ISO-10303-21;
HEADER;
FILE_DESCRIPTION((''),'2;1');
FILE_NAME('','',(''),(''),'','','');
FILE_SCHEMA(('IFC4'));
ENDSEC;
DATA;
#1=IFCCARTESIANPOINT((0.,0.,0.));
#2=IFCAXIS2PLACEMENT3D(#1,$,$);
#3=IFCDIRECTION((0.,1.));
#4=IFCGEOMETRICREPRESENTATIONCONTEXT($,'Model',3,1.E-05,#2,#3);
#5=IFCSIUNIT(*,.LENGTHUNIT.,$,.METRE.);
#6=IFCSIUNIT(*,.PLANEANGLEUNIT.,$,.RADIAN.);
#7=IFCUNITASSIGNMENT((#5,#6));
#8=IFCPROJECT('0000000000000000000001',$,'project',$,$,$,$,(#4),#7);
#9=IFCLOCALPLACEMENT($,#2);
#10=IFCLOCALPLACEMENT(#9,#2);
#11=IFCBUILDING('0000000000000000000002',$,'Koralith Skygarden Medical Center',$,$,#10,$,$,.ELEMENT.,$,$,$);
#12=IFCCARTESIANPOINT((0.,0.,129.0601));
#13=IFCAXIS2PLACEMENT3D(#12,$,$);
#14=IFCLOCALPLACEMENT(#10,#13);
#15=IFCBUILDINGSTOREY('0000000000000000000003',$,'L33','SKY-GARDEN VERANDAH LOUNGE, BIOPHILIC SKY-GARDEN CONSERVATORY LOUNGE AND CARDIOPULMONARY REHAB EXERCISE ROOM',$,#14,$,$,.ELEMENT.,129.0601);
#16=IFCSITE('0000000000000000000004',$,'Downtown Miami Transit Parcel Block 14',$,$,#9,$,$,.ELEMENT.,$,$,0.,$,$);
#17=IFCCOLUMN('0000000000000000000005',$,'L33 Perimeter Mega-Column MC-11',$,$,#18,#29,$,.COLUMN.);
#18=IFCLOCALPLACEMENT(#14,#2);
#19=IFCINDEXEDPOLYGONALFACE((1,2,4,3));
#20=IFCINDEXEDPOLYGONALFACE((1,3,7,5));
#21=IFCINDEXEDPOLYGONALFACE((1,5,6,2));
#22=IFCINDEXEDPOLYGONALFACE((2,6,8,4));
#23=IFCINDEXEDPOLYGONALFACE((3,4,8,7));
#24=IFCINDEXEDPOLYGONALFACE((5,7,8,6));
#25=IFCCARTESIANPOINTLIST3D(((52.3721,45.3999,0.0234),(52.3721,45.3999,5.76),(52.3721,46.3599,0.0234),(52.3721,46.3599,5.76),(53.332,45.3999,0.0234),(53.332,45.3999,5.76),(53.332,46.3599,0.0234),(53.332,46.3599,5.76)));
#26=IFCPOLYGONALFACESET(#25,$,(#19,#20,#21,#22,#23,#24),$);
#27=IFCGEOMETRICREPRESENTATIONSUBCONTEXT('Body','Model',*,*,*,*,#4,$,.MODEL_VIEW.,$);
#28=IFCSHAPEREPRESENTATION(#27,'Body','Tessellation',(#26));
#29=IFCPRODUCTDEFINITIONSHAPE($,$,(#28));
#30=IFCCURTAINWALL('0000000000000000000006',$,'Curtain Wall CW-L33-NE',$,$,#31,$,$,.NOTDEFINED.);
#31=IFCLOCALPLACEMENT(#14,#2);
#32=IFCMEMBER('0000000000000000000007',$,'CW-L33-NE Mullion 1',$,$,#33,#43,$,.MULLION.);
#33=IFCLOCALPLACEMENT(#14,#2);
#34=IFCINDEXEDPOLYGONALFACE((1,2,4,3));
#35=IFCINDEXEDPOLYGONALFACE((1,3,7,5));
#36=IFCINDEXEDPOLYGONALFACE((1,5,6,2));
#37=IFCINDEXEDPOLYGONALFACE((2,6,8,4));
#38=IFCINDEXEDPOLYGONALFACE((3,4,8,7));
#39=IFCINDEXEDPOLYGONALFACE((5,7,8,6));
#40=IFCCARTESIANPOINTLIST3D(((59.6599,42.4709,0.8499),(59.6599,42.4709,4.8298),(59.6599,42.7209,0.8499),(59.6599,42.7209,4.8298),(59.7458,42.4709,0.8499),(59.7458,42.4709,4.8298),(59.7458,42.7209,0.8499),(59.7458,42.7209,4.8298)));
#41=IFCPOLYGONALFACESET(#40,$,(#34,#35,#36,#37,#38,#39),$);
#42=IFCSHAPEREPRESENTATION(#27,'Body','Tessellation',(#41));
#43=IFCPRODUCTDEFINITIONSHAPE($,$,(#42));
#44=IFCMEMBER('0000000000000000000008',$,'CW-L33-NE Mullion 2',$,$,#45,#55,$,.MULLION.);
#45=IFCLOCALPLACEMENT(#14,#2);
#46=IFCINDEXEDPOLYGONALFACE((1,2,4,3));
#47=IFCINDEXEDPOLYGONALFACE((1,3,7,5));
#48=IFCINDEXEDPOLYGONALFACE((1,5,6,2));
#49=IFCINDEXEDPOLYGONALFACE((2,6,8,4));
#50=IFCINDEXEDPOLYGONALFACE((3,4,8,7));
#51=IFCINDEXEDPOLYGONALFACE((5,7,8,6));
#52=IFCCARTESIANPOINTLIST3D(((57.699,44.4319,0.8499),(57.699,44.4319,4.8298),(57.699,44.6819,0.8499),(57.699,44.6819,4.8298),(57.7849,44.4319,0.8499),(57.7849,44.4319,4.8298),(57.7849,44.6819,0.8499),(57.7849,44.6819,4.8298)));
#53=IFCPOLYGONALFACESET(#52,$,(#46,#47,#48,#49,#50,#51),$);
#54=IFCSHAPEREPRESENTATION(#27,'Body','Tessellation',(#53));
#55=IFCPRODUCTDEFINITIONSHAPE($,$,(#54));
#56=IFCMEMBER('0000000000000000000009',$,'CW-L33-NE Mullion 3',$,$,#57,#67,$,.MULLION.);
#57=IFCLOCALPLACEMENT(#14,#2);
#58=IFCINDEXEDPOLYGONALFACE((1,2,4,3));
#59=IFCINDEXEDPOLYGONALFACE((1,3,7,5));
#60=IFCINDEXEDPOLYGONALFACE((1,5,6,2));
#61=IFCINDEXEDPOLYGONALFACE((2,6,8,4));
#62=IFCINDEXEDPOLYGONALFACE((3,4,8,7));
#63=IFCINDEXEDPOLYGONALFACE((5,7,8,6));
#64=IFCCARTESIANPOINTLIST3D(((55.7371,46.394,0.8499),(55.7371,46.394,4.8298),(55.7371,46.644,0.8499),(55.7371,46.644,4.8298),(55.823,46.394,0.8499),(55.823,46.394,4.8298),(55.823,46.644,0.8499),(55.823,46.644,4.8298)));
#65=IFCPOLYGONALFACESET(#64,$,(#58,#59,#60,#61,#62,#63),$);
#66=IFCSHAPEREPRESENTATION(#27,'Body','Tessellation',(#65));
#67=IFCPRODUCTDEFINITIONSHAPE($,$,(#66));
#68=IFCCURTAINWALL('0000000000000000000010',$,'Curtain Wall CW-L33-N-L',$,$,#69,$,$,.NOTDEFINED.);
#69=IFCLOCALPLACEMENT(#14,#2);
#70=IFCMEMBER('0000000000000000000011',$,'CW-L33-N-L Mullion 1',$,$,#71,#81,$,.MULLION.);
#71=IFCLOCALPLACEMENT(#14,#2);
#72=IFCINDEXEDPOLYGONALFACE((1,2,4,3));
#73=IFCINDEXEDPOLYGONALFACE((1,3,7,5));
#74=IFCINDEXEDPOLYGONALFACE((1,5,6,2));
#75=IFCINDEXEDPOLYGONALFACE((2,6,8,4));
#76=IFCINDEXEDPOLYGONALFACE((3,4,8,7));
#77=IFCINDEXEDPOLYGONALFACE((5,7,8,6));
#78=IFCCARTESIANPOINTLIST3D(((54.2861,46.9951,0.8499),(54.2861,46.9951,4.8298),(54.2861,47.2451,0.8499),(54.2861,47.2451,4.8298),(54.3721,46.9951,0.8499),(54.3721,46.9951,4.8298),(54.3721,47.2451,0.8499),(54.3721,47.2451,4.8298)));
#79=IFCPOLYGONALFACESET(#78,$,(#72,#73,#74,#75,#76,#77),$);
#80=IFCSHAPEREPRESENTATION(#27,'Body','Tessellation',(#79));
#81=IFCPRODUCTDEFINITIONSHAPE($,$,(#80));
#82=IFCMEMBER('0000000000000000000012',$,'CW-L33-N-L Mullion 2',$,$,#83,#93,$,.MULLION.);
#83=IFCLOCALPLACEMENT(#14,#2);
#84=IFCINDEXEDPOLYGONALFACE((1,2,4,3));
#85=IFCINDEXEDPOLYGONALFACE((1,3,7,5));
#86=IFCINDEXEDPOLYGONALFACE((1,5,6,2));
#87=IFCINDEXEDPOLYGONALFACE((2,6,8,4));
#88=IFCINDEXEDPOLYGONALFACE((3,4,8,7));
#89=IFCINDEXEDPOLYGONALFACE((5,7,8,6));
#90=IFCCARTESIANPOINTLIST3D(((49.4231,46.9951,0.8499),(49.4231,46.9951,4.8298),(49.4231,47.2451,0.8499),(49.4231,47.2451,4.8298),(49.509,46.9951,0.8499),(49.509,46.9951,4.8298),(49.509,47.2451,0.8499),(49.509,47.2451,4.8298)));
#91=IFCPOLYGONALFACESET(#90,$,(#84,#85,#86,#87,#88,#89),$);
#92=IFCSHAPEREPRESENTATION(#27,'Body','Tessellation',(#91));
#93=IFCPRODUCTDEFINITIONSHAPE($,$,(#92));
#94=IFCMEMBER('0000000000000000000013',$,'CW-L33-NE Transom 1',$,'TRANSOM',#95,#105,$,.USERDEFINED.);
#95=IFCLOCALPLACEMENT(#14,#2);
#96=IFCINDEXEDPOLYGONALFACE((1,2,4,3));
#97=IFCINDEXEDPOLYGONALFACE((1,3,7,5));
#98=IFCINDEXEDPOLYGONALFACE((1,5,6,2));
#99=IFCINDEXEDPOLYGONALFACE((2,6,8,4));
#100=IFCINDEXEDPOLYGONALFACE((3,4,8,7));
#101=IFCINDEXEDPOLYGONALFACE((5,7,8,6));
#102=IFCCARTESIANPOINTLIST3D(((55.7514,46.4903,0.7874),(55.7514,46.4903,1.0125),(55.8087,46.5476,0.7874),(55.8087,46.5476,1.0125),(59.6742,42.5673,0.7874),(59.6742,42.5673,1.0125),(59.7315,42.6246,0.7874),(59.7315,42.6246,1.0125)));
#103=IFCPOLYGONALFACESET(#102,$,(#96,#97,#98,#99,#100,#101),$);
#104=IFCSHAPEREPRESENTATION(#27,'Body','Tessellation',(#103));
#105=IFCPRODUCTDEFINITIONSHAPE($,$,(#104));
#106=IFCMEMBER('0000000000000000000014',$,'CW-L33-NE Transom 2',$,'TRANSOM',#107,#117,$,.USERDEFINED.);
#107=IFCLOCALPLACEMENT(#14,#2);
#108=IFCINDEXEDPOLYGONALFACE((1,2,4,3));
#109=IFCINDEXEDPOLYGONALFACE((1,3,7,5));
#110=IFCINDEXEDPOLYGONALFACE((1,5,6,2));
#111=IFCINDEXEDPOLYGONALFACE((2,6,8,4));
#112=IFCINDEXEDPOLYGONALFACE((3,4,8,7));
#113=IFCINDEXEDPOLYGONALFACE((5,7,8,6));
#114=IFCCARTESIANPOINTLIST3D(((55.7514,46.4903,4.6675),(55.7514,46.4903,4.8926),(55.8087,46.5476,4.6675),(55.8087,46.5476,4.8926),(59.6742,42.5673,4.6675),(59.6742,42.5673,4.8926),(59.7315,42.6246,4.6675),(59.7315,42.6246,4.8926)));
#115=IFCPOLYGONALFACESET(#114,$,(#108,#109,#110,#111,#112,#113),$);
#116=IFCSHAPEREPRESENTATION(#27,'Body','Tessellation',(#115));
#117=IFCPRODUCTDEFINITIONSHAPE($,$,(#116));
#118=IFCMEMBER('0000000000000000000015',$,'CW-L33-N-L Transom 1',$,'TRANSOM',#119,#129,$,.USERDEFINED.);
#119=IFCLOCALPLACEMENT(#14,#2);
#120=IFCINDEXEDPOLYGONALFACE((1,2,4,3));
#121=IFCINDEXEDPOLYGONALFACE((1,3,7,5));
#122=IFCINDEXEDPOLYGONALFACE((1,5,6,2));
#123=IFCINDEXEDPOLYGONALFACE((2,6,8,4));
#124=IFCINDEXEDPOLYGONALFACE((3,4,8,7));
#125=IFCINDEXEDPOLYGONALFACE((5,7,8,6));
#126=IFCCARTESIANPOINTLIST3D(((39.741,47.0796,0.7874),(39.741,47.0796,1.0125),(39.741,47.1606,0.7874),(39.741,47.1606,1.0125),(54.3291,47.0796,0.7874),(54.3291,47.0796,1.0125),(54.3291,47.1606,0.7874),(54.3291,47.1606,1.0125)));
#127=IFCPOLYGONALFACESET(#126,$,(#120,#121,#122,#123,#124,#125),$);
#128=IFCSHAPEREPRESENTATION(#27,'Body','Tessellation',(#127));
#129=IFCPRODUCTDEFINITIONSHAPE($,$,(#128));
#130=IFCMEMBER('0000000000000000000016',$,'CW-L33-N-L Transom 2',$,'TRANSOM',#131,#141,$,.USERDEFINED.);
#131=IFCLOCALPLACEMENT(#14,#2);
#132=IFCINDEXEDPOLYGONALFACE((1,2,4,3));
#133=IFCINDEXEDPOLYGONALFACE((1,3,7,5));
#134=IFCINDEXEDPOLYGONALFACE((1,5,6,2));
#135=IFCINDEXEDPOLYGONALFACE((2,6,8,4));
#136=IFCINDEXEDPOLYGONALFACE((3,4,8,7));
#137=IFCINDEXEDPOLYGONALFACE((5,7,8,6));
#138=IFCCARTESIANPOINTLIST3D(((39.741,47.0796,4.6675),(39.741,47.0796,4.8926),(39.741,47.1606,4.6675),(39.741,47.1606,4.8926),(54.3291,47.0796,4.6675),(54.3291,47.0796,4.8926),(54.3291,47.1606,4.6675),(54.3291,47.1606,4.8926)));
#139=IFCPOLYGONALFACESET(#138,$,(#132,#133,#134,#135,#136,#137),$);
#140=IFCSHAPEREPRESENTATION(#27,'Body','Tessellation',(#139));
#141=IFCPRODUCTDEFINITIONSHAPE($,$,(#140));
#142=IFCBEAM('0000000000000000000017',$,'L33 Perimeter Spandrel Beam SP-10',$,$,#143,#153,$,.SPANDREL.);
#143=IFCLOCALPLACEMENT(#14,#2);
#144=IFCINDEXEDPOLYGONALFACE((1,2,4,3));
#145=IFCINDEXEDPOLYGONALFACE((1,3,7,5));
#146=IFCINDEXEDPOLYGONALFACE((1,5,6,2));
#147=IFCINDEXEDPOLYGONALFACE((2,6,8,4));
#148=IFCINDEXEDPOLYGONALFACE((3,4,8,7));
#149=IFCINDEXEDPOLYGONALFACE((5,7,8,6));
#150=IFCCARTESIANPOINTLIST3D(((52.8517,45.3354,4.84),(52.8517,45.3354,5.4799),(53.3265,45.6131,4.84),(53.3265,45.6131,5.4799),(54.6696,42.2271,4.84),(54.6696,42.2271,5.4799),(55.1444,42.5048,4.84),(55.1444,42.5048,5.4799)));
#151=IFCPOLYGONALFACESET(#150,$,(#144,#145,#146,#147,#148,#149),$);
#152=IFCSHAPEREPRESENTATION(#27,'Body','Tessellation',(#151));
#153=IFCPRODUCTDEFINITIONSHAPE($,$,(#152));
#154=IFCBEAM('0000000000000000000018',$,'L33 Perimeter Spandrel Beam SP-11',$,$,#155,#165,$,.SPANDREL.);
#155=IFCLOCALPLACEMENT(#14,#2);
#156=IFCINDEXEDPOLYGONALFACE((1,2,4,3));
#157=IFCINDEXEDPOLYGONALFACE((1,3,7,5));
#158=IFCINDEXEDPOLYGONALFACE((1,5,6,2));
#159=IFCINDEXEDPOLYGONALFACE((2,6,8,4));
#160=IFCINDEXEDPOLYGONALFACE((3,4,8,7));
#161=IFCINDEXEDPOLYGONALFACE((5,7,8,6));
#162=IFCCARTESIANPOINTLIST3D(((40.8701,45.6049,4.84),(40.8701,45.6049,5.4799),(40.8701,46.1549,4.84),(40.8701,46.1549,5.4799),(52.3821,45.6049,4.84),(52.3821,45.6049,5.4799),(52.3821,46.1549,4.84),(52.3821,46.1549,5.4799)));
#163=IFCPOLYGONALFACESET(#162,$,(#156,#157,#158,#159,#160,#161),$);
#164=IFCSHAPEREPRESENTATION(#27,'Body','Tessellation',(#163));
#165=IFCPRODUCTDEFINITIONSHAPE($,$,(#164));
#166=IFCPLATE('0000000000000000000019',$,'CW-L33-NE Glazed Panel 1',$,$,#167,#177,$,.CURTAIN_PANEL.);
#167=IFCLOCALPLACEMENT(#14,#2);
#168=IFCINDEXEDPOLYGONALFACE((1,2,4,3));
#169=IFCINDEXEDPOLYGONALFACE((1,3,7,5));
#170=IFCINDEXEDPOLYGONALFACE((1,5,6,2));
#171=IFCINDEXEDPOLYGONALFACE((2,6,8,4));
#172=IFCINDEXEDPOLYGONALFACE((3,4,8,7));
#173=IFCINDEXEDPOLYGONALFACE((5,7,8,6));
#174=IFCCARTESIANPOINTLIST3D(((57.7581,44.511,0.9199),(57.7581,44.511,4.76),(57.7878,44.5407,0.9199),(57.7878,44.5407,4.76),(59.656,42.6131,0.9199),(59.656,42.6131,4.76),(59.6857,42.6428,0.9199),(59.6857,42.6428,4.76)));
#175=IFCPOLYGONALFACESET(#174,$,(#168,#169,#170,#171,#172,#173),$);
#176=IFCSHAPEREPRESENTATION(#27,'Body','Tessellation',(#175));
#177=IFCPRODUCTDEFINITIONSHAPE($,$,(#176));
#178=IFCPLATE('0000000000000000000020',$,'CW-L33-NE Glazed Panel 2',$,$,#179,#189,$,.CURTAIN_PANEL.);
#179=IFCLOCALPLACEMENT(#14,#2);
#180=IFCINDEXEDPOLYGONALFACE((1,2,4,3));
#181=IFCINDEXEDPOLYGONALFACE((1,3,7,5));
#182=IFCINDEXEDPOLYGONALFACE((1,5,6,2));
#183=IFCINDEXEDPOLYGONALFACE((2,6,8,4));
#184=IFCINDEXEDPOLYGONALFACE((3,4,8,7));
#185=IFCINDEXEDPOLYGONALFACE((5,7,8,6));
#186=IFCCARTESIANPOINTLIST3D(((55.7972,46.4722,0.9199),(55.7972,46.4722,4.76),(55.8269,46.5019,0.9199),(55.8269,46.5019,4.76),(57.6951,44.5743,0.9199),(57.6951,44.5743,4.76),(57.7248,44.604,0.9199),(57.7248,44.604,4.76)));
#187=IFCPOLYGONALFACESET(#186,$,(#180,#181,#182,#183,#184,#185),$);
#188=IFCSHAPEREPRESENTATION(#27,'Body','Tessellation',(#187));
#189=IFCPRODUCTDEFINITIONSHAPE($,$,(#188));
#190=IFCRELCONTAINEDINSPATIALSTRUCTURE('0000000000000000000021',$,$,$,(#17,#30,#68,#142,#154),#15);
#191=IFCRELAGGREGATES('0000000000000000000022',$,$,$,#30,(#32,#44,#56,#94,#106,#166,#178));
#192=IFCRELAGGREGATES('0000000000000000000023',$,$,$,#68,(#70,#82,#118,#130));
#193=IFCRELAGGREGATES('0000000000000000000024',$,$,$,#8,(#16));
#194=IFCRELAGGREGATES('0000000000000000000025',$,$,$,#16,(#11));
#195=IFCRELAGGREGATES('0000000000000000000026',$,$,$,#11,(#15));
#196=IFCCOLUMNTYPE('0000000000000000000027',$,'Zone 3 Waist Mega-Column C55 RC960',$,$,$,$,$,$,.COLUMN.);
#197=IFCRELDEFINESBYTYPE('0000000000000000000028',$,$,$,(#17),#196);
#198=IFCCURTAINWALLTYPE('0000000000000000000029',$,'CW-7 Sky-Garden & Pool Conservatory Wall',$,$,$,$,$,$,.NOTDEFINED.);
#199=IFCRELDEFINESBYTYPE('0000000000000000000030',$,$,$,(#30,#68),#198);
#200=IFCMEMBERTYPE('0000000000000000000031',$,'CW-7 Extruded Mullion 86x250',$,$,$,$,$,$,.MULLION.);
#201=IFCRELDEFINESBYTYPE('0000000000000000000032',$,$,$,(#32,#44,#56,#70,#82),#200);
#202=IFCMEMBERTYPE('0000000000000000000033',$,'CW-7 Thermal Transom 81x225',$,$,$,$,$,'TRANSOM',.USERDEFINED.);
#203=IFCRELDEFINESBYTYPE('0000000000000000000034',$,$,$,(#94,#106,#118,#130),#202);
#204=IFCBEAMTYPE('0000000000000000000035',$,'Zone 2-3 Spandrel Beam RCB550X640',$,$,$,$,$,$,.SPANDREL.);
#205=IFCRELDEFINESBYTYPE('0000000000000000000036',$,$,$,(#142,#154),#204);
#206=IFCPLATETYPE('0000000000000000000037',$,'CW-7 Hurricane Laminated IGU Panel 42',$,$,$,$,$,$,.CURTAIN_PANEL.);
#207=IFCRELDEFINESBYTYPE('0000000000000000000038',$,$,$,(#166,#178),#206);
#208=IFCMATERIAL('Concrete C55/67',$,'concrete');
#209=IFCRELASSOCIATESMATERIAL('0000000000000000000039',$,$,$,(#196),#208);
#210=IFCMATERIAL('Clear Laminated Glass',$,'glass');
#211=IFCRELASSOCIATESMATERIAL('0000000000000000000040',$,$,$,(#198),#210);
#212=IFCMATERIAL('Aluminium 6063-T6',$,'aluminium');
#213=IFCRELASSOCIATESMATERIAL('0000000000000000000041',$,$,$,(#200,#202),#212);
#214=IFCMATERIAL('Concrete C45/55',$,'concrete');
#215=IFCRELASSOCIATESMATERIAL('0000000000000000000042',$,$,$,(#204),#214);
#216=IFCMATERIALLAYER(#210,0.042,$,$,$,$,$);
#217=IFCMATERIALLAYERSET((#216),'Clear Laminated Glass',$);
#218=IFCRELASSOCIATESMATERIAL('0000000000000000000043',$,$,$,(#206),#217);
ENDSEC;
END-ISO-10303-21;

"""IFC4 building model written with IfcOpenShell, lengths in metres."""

from ifc_helpers import new_model, si_unit, direction, frame, origin, origin_2d, place, context, subcontext, project, spatial, rectangle, extrude, material, layer, layer_set, material_profile, profile_set, type_object, element, aggregate, save


model = new_model("IFC4")

# Units and contexts
model_context = context("Model", 3, precision=1e-05, world=origin(), true_north=direction((0.0, 1.0)))
body_context = subcontext(model_context, "Body", "Model", "MODEL_VIEW")
ifc_project = project(units=[si_unit("LENGTHUNIT", "METRE"), si_unit("PLANEANGLEUNIT", "RADIAN")], contexts=[model_context])

# Site, building, storey
site_placement = place(None, origin())
site = spatial("IfcSite", under=ifc_project, at=site_placement, Name="Downtown Miami Transit Parcel Block 14", CompositionType="ELEMENT", RefElevation=0.0)
building_placement = place(site_placement, origin())
building = spatial("IfcBuilding", under=site, at=building_placement, Name="Koralith Skygarden Medical Center", CompositionType="ELEMENT")
storey_placement = place(building_placement, frame((0.0, 0.0, 129.0601)))
storey = spatial("IfcBuildingStorey", under=building, at=storey_placement, Name="L33", Description="SKY-GARDEN VERANDAH LOUNGE, BIOPHILIC SKY-GARDEN CONSERVATORY LOUNGE AND CARDIOPULMONARY REHAB EXERCISE ROOM", CompositionType="ELEMENT", Elevation=129.0601)

# Column
ifc_material_1 = material(Name="Concrete C55/67", Category="concrete")
ifc_material_profile_1 = material_profile(ifc_material_1, rectangle(XDim=0.96, YDim=0.96, at=origin_2d()), Name="RC960X960")
ifc_profile_set_1 = profile_set([ifc_material_profile_1], Name="Concrete C55/67")
column_type = type_object("IfcColumnType", Name="Zone 3 Waist Mega-Column C55 RC960", PredefinedType="COLUMN", material=ifc_profile_set_1)
column_placement = place(storey_placement, frame((52.8521, 45.8799, 0.0234), z_axis=(0.0, 0.0, 1.0), x_axis=(1.0, 0.0, 0.0)))
element("IfcColumn", 1, at=column_placement, inside=storey, type_object=column_type, Name="L33 Perimeter Mega-Column MC-11", PredefinedType="COLUMN", context=body_context, shape_type="SweptSolid", body=[
    extrude(rectangle(XDim=0.96, YDim=0.96, at=origin_2d()), origin(), (0.0, 0.0, 1.0), 5.7366),
])

# Curtain walls, members
ifc_material_2 = material(Name="Clear Laminated Glass", Category="glass")
curtain_wall_type = type_object("IfcCurtainWallType", Name="CW-7 Sky-Garden & Pool Conservatory Wall", PredefinedType="NOTDEFINED", material=ifc_material_2)
curtain_wall_1_placement = place(storey_placement, origin())
curtain_wall_1 = element("IfcCurtainWall", 2, at=curtain_wall_1_placement, inside=storey, type_object=curtain_wall_type, Name="Curtain Wall CW-L33-NE", PredefinedType="NOTDEFINED")
ifc_material_3 = material(Name="Aluminium 6063-T6", Category="aluminium")
ifc_material_profile_2 = material_profile(ifc_material_3, rectangle(XDim=0.0859, YDim=0.25, at=origin_2d()), Name="MUL86X250")
ifc_profile_set_2 = profile_set([ifc_material_profile_2], Name="Aluminium 6063-T6")
member_type_1 = type_object("IfcMemberType", Name="CW-7 Extruded Mullion 86x250", PredefinedType="MULLION", material=ifc_profile_set_2)
member_1_placement = place(storey_placement, frame((59.7029, 42.5959, 0.8499), z_axis=(0.0, 0.0, 1.0), x_axis=(1.0, 0.0, 0.0)))
member_1 = element("IfcMember", 3, at=member_1_placement, type_object=member_type_1, Name="CW-L33-NE Mullion 1", PredefinedType="MULLION", context=body_context, shape_type="SweptSolid", body=[
    extrude(rectangle(XDim=0.0859, YDim=0.25, at=origin_2d()), origin(), (0.0, 0.0, 1.0), 3.98),
])
member_2_placement = place(storey_placement, frame((57.7419, 44.5569, 0.8499), z_axis=(0.0, 0.0, 1.0), x_axis=(1.0, 0.0, 0.0)))
member_2 = element("IfcMember", 4, at=member_2_placement, type_object=member_type_1, Name="CW-L33-NE Mullion 2", PredefinedType="MULLION", context=body_context, shape_type="SweptSolid", body=[
    extrude(rectangle(XDim=0.0859, YDim=0.25, at=origin_2d()), origin(), (0.0, 0.0, 1.0), 3.98),
])
member_3_placement = place(storey_placement, frame((55.78, 46.519, 0.8499), z_axis=(0.0, 0.0, 1.0), x_axis=(1.0, 0.0, 0.0)))
member_3 = element("IfcMember", 5, at=member_3_placement, type_object=member_type_1, Name="CW-L33-NE Mullion 3", PredefinedType="MULLION", context=body_context, shape_type="SweptSolid", body=[
    extrude(rectangle(XDim=0.0859, YDim=0.25, at=origin_2d()), origin(), (0.0, 0.0, 1.0), 3.98),
])
curtain_wall_2_placement = place(storey_placement, origin())
curtain_wall_2 = element("IfcCurtainWall", 6, at=curtain_wall_2_placement, inside=storey, type_object=curtain_wall_type, Name="Curtain Wall CW-L33-N-L", PredefinedType="NOTDEFINED")
member_4_placement = place(storey_placement, frame((54.3291, 47.1201, 0.8499), z_axis=(0.0, 0.0, 1.0), x_axis=(1.0, 0.0, 0.0)))
member_4 = element("IfcMember", 7, at=member_4_placement, type_object=member_type_1, Name="CW-L33-N-L Mullion 1", PredefinedType="MULLION", context=body_context, shape_type="SweptSolid", body=[
    extrude(rectangle(XDim=0.0859, YDim=0.25, at=origin_2d()), origin(), (0.0, 0.0, 1.0), 3.98),
])
member_5_placement = place(storey_placement, frame((49.4661, 47.1201, 0.8499), z_axis=(0.0, 0.0, 1.0), x_axis=(1.0, 0.0, 0.0)))
member_5 = element("IfcMember", 8, at=member_5_placement, type_object=member_type_1, Name="CW-L33-N-L Mullion 2", PredefinedType="MULLION", context=body_context, shape_type="SweptSolid", body=[
    extrude(rectangle(XDim=0.0859, YDim=0.25, at=origin_2d()), origin(), (0.0, 0.0, 1.0), 3.98),
])

# Members
ifc_material_profile_3 = material_profile(ifc_material_3, rectangle(XDim=0.0811, YDim=0.2251, at=origin_2d()), Name="TRN81X225")
ifc_profile_set_3 = profile_set([ifc_material_profile_3], Name="Aluminium 6063-T6")
member_type_2 = type_object("IfcMemberType", Name="CW-7 Thermal Transom 81x225", ElementType="TRANSOM", PredefinedType="USERDEFINED", material=ifc_profile_set_3)
member_6_placement = place(storey_placement, frame((59.7029, 42.5959, 0.8999), z_axis=(-0.707085, 0.707129, 0.0), x_axis=(-0.707129, -0.707085, 0.0)))
member_6 = element("IfcMember", 9, at=member_6_placement, type_object=member_type_2, Name="CW-L33-NE Transom 1", ObjectType="TRANSOM", PredefinedType="USERDEFINED", context=body_context, shape_type="SweptSolid", body=[
    extrude(rectangle(XDim=0.0811, YDim=0.2251, at=origin_2d()), origin(), (0.0, 0.0, 1.0), 5.5479),
])
member_7_placement = place(storey_placement, frame((59.7029, 42.5959, 4.78), z_axis=(-0.707085, 0.707129, 0.0), x_axis=(-0.707129, -0.707085, 0.0)))
member_7 = element("IfcMember", 10, at=member_7_placement, type_object=member_type_2, Name="CW-L33-NE Transom 2", ObjectType="TRANSOM", PredefinedType="USERDEFINED", context=body_context, shape_type="SweptSolid", body=[
    extrude(rectangle(XDim=0.0811, YDim=0.2251, at=origin_2d()), origin(), (0.0, 0.0, 1.0), 5.5479),
])
member_8_placement = place(storey_placement, frame((54.3291, 47.1201, 0.8999), z_axis=(-1.0, 0.0, 0.0), x_axis=(0.0, -1.0, 0.0)))
member_8 = element("IfcMember", 11, at=member_8_placement, type_object=member_type_2, Name="CW-L33-N-L Transom 1", ObjectType="TRANSOM", PredefinedType="USERDEFINED", context=body_context, shape_type="SweptSolid", body=[
    extrude(rectangle(XDim=0.0811, YDim=0.2251, at=origin_2d()), origin(), (0.0, 0.0, 1.0), 14.5881),
])
member_9_placement = place(storey_placement, frame((54.3291, 47.1201, 4.78), z_axis=(-1.0, 0.0, 0.0), x_axis=(0.0, -1.0, 0.0)))
member_9 = element("IfcMember", 12, at=member_9_placement, type_object=member_type_2, Name="CW-L33-N-L Transom 2", ObjectType="TRANSOM", PredefinedType="USERDEFINED", context=body_context, shape_type="SweptSolid", body=[
    extrude(rectangle(XDim=0.0811, YDim=0.2251, at=origin_2d()), origin(), (0.0, 0.0, 1.0), 14.5881),
])

# Beams
ifc_material_4 = material(Name="Concrete C45/55", Category="concrete")
ifc_material_profile_4 = material_profile(ifc_material_4, rectangle(XDim=0.55, YDim=0.6399, at=origin_2d()), Name="RCB550X640")
ifc_profile_set_4 = profile_set([ifc_material_profile_4], Name="Concrete C45/55")
beam_type = type_object("IfcBeamType", Name="Zone 2-3 Spandrel Beam RCB550X640", PredefinedType="SPANDREL", material=ifc_profile_set_4)
beam_1_placement = place(storey_placement, frame((54.907, 42.366, 5.1599), z_axis=(-0.504861, 0.8632, 0.0), x_axis=(-0.8632, -0.504861, 0.0)))
element("IfcBeam", 13, at=beam_1_placement, inside=storey, type_object=beam_type, Name="L33 Perimeter Spandrel Beam SP-10", PredefinedType="SPANDREL", context=body_context, shape_type="SweptSolid", body=[
    extrude(rectangle(XDim=0.55, YDim=0.6399, at=origin_2d()), origin(), (0.0, 0.0, 1.0), 3.6008),
])
beam_2_placement = place(storey_placement, frame((52.3821, 45.8799, 5.1599), z_axis=(-1.0, 0.0, 0.0), x_axis=(0.0, -1.0, 0.0)))
element("IfcBeam", 14, at=beam_2_placement, inside=storey, type_object=beam_type, Name="L33 Perimeter Spandrel Beam SP-11", PredefinedType="SPANDREL", context=body_context, shape_type="SweptSolid", body=[
    extrude(rectangle(XDim=0.55, YDim=0.6399, at=origin_2d()), origin(), (0.0, 0.0, 1.0), 11.512),
])

# Plates
ifc_layer_1 = layer(ifc_material_2, 0.042)
ifc_layer_set_1 = layer_set([ifc_layer_1], Name="Clear Laminated Glass")
plate_type_1 = type_object("IfcPlateType", Name="CW-7 Hurricane Laminated IGU Panel 42", PredefinedType="CURTAIN_PANEL", material=ifc_layer_set_1)
plate_1_placement = place(storey_placement, frame((58.7219, 43.5769, 0.9199), z_axis=(0.0, 0.0, 1.0), x_axis=(-0.707107, 0.707107, 0.0)))
plate_1 = element("IfcPlate", 15, at=plate_1_placement, type_object=plate_type_1, Name="CW-L33-NE Glazed Panel 1", PredefinedType="CURTAIN_PANEL", context=body_context, shape_type="SweptSolid", body=[
    extrude(rectangle(XDim=2.6841, YDim=0.042, at=origin_2d()), origin(), (0.0, 0.0, 1.0), 3.8401),
])
plate_2_placement = place(storey_placement, frame((56.761, 45.5381, 0.9199), z_axis=(0.0, 0.0, 1.0), x_axis=(-0.707107, 0.707107, 0.0)))
plate_2 = element("IfcPlate", 16, at=plate_2_placement, type_object=plate_type_1, Name="CW-L33-NE Glazed Panel 2", PredefinedType="CURTAIN_PANEL", context=body_context, shape_type="SweptSolid", body=[
    extrude(rectangle(XDim=2.6841, YDim=0.042, at=origin_2d()), origin(), (0.0, 0.0, 1.0), 3.8401),
])
aggregate(curtain_wall_1, [member_1, member_2, member_3, member_6, member_7, plate_1, plate_2])
aggregate(curtain_wall_2, [member_4, member_5, member_8, member_9])

save(model, "model.ifc")
